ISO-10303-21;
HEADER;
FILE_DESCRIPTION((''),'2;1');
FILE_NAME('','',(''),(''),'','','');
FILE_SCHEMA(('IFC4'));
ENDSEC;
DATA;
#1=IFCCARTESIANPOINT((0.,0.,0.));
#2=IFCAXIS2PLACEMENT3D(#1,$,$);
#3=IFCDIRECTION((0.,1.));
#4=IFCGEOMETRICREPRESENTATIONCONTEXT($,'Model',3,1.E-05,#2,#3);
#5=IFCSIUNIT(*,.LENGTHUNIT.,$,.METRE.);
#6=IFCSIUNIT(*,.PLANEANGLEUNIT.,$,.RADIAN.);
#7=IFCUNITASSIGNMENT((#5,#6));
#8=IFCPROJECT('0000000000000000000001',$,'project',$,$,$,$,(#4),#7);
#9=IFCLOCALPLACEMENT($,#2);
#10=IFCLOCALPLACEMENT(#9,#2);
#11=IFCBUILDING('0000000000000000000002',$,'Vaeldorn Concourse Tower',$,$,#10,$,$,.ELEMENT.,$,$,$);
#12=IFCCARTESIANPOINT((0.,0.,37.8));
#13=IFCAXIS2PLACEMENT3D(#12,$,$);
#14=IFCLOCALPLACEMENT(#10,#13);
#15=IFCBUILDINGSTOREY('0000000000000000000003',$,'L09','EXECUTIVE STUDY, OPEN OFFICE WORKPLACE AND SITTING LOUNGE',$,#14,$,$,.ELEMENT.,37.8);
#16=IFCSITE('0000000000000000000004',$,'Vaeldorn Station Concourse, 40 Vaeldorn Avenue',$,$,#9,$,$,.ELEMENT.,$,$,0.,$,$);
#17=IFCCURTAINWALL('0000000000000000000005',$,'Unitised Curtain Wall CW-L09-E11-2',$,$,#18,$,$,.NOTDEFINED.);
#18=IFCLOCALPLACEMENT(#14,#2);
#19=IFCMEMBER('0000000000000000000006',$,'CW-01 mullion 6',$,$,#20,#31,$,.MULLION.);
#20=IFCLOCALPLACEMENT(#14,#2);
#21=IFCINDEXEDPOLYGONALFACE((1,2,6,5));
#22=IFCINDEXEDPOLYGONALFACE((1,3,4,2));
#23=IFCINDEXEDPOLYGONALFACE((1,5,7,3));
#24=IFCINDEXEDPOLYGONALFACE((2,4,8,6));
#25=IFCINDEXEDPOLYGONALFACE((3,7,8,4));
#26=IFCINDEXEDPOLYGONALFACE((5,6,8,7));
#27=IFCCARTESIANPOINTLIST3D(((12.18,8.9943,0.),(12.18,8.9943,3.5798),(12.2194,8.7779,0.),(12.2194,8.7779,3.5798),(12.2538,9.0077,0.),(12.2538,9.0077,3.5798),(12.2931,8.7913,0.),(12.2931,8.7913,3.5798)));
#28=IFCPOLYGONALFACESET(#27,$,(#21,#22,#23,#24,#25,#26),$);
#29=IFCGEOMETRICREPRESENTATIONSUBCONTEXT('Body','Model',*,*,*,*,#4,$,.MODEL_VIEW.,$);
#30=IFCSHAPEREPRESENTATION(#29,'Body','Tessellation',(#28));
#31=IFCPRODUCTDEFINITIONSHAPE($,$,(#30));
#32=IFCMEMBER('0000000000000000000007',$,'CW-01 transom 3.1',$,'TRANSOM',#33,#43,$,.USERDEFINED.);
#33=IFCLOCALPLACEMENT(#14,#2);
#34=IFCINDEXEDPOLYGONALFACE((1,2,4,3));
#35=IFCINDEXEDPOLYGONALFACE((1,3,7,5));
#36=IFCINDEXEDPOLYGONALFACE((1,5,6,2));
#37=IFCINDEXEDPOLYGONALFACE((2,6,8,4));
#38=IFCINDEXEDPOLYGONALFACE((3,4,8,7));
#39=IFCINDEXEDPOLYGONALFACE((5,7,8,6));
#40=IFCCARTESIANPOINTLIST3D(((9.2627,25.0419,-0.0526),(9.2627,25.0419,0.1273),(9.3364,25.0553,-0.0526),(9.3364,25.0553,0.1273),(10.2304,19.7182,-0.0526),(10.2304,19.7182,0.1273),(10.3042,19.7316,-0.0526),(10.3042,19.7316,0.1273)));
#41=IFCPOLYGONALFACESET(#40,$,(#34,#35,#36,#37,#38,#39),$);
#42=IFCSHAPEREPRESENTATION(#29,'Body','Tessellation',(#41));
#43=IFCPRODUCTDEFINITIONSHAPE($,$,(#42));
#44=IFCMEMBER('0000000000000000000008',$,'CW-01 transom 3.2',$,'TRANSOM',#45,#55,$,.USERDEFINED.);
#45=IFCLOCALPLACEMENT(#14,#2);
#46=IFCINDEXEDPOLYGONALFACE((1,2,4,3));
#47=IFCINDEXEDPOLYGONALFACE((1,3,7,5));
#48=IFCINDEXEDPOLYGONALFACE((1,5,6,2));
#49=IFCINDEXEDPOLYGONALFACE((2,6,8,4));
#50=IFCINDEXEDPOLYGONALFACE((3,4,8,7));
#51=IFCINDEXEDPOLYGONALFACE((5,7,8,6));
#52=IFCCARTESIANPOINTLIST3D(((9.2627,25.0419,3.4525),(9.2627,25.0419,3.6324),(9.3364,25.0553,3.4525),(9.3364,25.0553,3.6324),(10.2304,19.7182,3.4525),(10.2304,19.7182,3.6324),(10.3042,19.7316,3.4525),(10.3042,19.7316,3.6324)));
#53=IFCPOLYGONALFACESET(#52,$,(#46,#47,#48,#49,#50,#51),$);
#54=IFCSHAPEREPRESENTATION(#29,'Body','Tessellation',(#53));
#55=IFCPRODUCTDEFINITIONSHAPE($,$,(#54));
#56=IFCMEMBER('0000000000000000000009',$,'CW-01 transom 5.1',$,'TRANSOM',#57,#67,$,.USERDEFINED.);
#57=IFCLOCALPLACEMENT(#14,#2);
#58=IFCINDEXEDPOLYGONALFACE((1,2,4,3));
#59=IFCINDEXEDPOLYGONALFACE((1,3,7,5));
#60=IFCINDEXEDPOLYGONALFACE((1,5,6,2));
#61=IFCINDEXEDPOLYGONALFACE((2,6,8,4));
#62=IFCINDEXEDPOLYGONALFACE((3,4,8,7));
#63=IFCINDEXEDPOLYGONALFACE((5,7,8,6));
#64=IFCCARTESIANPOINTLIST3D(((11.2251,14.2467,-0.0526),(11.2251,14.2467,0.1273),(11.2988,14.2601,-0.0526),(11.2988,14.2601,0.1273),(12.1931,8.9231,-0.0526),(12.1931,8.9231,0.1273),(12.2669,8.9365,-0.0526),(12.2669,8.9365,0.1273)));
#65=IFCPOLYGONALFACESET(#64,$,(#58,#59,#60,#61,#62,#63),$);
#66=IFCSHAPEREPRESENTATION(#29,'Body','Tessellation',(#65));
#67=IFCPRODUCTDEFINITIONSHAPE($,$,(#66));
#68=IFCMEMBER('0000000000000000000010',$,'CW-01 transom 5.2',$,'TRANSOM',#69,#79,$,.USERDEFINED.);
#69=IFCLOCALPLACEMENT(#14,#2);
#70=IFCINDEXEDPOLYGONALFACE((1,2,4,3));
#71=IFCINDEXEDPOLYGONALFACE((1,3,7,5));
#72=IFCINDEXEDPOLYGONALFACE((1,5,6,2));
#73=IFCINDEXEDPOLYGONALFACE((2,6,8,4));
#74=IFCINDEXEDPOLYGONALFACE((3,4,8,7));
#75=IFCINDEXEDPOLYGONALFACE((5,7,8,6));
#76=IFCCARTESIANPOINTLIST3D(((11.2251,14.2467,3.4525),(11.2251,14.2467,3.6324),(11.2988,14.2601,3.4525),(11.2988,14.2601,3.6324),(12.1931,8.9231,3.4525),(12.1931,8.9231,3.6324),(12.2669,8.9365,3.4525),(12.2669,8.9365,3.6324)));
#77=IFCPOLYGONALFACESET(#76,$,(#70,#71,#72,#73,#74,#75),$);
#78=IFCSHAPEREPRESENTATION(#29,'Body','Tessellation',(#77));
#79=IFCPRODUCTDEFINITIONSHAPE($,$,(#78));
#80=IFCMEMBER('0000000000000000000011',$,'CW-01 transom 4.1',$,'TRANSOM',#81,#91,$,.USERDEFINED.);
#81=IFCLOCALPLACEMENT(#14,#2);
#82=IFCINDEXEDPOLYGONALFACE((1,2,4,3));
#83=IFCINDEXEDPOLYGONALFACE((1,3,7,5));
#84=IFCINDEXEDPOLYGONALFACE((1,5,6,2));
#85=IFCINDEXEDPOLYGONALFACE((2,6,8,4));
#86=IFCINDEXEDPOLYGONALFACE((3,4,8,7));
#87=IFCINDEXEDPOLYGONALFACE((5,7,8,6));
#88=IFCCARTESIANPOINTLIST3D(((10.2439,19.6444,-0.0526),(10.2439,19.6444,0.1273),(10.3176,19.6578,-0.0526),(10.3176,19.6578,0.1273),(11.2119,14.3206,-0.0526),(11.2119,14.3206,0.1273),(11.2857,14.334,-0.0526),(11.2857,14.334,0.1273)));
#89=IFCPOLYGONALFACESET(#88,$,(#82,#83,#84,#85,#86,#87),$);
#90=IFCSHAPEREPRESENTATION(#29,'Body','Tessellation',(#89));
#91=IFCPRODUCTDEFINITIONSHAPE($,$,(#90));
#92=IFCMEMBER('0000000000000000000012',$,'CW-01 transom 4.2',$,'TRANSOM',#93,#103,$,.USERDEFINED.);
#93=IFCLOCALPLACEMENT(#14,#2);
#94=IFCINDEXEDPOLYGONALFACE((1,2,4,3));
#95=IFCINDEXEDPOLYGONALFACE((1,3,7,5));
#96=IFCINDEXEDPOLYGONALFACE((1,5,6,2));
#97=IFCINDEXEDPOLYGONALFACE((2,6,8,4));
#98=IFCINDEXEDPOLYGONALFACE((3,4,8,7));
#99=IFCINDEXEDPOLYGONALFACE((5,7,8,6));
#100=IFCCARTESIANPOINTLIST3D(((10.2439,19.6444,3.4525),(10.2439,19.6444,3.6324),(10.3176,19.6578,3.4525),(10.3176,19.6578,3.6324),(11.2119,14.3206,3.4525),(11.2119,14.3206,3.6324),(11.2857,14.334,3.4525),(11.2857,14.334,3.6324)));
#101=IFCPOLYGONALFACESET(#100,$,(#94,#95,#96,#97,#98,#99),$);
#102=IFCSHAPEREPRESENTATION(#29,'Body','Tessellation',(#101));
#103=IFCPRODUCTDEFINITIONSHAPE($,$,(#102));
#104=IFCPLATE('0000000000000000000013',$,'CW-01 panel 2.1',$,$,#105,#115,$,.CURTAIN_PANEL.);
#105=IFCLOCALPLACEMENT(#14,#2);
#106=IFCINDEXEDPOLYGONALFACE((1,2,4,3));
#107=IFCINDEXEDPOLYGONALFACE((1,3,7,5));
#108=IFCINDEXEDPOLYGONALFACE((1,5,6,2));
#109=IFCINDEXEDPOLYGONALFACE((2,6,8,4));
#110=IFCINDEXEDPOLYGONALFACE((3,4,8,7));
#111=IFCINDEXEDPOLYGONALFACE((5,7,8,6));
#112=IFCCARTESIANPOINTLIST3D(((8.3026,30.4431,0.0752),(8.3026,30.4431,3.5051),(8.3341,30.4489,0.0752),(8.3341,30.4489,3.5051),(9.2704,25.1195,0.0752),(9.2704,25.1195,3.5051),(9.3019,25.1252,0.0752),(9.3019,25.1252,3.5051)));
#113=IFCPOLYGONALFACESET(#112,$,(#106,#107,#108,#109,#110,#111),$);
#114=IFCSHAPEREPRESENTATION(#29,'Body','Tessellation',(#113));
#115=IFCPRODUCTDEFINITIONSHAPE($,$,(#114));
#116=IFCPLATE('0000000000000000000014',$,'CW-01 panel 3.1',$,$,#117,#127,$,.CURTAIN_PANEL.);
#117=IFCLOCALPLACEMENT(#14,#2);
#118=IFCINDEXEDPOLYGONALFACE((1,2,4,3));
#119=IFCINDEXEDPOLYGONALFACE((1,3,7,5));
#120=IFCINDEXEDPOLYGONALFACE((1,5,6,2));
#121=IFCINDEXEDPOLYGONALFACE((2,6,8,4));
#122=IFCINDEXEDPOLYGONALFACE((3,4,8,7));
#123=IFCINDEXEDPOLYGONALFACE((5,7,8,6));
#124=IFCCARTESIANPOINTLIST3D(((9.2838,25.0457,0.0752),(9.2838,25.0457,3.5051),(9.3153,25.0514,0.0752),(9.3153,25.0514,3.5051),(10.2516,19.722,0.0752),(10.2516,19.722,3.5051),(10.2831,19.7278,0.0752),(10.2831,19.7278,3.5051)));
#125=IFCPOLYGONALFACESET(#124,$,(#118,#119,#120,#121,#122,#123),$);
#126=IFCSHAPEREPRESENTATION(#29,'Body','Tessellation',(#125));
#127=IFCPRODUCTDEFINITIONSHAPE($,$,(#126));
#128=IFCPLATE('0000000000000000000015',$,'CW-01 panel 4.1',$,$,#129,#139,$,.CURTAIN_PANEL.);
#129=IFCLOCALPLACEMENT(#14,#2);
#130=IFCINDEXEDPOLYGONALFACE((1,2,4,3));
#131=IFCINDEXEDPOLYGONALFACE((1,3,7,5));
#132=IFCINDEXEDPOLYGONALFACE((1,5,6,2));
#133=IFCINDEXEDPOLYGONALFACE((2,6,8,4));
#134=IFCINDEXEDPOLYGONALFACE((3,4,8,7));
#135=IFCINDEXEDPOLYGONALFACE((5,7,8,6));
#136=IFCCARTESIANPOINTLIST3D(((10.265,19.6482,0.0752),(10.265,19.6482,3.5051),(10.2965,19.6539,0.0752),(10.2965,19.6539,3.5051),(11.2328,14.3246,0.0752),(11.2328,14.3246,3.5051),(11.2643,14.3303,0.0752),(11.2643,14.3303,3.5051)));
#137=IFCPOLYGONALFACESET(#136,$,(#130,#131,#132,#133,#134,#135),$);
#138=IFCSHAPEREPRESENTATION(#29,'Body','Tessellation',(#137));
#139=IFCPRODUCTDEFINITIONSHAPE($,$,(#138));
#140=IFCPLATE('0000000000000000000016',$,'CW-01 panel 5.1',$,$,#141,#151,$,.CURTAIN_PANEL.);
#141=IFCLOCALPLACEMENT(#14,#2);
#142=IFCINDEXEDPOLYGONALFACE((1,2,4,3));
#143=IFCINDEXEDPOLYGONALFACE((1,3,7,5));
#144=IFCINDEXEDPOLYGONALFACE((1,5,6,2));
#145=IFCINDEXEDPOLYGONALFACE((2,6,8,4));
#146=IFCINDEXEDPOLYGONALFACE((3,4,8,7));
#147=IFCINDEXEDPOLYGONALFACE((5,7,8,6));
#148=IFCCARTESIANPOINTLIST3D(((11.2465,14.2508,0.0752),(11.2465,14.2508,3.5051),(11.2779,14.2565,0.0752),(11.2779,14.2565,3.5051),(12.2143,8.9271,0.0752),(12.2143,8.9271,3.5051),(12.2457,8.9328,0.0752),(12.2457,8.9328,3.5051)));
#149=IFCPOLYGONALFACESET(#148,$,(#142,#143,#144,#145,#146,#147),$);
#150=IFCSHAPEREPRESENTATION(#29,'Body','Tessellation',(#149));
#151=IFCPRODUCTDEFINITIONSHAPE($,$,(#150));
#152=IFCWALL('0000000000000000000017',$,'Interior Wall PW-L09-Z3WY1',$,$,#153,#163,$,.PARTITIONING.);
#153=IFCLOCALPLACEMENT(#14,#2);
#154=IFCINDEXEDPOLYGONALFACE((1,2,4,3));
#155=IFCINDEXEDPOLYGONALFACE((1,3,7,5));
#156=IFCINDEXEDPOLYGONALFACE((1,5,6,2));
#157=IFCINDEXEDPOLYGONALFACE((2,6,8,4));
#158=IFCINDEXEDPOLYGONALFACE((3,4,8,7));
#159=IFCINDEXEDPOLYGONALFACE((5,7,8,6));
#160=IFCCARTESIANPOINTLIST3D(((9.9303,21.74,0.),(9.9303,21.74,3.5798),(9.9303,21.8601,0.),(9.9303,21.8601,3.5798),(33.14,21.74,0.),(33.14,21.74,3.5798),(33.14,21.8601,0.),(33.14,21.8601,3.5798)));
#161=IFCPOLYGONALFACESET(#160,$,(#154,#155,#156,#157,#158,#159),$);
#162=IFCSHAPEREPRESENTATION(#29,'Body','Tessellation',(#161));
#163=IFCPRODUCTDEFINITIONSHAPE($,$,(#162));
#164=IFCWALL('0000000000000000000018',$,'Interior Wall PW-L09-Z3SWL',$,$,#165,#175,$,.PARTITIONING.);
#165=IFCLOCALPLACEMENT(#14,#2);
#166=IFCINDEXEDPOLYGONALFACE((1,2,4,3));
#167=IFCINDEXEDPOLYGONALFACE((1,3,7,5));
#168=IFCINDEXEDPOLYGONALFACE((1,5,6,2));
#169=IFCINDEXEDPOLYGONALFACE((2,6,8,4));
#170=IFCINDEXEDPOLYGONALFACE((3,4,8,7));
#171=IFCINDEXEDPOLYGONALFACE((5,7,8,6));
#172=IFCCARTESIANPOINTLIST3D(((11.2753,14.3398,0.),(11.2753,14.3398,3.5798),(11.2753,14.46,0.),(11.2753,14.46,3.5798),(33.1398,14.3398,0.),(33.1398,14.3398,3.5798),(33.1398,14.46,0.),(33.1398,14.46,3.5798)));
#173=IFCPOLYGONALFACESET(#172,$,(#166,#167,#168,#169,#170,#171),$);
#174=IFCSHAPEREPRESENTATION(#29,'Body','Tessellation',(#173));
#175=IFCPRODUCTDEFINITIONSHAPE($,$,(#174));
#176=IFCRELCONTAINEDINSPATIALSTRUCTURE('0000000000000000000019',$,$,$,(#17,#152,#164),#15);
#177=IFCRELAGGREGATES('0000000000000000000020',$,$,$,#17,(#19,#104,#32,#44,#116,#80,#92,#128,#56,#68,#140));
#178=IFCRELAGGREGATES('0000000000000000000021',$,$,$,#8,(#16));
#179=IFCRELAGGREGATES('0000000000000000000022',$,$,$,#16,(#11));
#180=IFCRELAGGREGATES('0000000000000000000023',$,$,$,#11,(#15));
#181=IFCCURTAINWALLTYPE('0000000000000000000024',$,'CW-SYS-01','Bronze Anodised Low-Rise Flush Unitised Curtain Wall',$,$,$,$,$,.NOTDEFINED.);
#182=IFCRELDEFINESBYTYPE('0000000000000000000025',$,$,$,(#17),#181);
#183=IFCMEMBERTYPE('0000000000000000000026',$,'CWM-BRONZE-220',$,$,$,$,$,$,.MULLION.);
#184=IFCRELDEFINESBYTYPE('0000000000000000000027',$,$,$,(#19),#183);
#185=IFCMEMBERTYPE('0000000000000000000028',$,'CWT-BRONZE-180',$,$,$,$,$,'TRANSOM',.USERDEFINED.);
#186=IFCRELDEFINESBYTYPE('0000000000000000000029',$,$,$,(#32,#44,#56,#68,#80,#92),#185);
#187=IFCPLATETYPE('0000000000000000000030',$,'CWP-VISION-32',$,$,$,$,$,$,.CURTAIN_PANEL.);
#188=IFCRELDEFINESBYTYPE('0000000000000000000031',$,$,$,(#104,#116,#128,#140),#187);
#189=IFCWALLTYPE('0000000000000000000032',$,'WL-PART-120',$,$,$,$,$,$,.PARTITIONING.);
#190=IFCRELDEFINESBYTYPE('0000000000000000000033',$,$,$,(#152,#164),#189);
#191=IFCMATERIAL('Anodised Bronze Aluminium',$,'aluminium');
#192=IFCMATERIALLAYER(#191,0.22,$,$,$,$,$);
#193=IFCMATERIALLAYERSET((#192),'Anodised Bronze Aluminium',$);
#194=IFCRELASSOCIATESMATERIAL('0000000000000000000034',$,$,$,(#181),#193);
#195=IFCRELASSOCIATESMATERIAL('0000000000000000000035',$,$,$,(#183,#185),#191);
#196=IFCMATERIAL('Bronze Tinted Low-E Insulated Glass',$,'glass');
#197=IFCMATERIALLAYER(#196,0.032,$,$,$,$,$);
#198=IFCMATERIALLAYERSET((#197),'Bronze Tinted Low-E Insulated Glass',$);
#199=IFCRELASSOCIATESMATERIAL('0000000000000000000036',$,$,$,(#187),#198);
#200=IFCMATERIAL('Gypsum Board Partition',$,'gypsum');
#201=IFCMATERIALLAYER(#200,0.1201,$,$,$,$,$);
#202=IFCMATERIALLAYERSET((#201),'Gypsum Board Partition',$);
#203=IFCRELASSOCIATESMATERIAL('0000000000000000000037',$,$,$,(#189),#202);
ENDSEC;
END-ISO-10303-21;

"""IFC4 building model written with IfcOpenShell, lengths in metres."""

from ifc_helpers import new_model, si_unit, direction, frame, frame_2d, origin, origin_2d, place, context, subcontext, project, spatial, rectangle, extrude, source, transform, mapped, material, layer, layer_set, material_profile, profile_set, type_object, element, aggregate, save


model = new_model("IFC4")

# Units and contexts
model_context = context("Model", 3, precision=1e-05, world=origin(), true_north=direction((0.0, 1.0)))
body_context = subcontext(model_context, "Body", "Model", "MODEL_VIEW")
ifc_project = project(units=[si_unit("LENGTHUNIT", "METRE"), si_unit("PLANEANGLEUNIT", "RADIAN")], contexts=[model_context])

# Site, building, storey
site_placement = place(None, origin())
site = spatial("IfcSite", under=ifc_project, at=site_placement, Name="Vaeldorn Station Concourse, 40 Vaeldorn Avenue", CompositionType="ELEMENT", RefElevation=0.0)
building_placement = place(site_placement, origin())
building = spatial("IfcBuilding", under=site, at=building_placement, Name="Vaeldorn Concourse Tower", CompositionType="ELEMENT")
storey_placement = place(building_placement, frame((0.0, 0.0, 37.8)))
storey = spatial("IfcBuildingStorey", under=building, at=storey_placement, Name="L09", Description="EXECUTIVE STUDY, OPEN OFFICE WORKPLACE AND SITTING LOUNGE", CompositionType="ELEMENT", Elevation=37.8)

# Curtain wall, members, plates
ifc_material_1 = material(Name="Anodised Bronze Aluminium", Category="aluminium")
ifc_layer_1 = layer(ifc_material_1, 0.22)
ifc_layer_set_1 = layer_set([ifc_layer_1], Name="Anodised Bronze Aluminium")
curtain_wall_type = type_object("IfcCurtainWallType", Name="CW-SYS-01", Description="Bronze Anodised Low-Rise Flush Unitised Curtain Wall", PredefinedType="NOTDEFINED", material=ifc_layer_set_1)
curtain_wall_placement = place(storey_placement, origin())
curtain_wall = element("IfcCurtainWall", 1, at=curtain_wall_placement, inside=storey, type_object=curtain_wall_type, Name="Unitised Curtain Wall CW-L09-E11-2", PredefinedType="NOTDEFINED")
ifc_material_profile_1 = material_profile(ifc_material_1, rectangle(XDim=0.075, YDim=0.22, at=origin_2d()), Name="CWM 75x220")
ifc_profile_set_1 = profile_set([ifc_material_profile_1], Name="Anodised Bronze Aluminium")
member_type_1 = type_object("IfcMemberType", Name="CWM-BRONZE-220", PredefinedType="MULLION", material=ifc_profile_set_1)
shared_shape_1 = source(origin(), body_context, "Body", "SweptSolid", [
    extrude(rectangle(XDim=0.075, YDim=0.22, at=origin_2d()), origin(), (0.0, 0.0, 1.0), 3.5798),
])
member_1_placement = place(storey_placement, frame((12.2366, 8.8928, 0.0), z_axis=(0.0, 0.0, 1.0), x_axis=(0.983875, 0.178859, 0.0)))
member_1 = element("IfcMember", 2, at=member_1_placement, type_object=member_type_1, Name="CW-01 mullion 6", PredefinedType="MULLION", context=body_context, shape_type="MappedRepresentation", body=[
    mapped(shared_shape_1, transform((0.0, 0.0, 0.0), scale=1.0)),
])
ifc_material_profile_2 = material_profile(ifc_material_1, rectangle(XDim=0.075, YDim=0.1799, at=origin_2d()), Name="CWT 75x180")
ifc_profile_set_2 = profile_set([ifc_material_profile_2], Name="Anodised Bronze Aluminium")
member_type_2 = type_object("IfcMemberType", Name="CWT-BRONZE-180", ElementType="TRANSOM", PredefinedType="USERDEFINED", material=ifc_profile_set_2)
shared_shape_2 = source(origin(), body_context, "Body", "SweptSolid", [
    extrude(rectangle(XDim=0.075, YDim=0.1799, at=origin_2d()), origin(), (0.0, 0.0, 1.0), 5.4109),
])
member_2_placement = place(storey_placement, frame((9.2996, 25.0486, 0.0374), z_axis=(0.178854, -0.983876, 0.0), x_axis=(0.983876, 0.178854, 0.0)))
member_2 = element("IfcMember", 3, at=member_2_placement, type_object=member_type_2, Name="CW-01 transom 3.1", ObjectType="TRANSOM", PredefinedType="USERDEFINED", context=body_context, shape_type="MappedRepresentation", body=[
    mapped(shared_shape_2, transform((0.0, 0.0, 0.0), scale=1.0)),
])
member_3_placement = place(storey_placement, frame((9.2996, 25.0486, 3.5425), z_axis=(0.178854, -0.983876, 0.0), x_axis=(0.983876, 0.178854, 0.0)))
member_3 = element("IfcMember", 4, at=member_3_placement, type_object=member_type_2, Name="CW-01 transom 3.2", ObjectType="TRANSOM", PredefinedType="USERDEFINED", context=body_context, shape_type="MappedRepresentation", body=[
    mapped(shared_shape_2, transform((0.0, 0.0, 0.0), scale=1.0)),
])
member_4_placement = place(storey_placement, frame((11.262, 14.2534, 0.0374), z_axis=(0.178905, -0.983866, 0.0), x_axis=(0.983866, 0.178905, 0.0)))
member_4 = element("IfcMember", 5, at=member_4_placement, type_object=member_type_2, Name="CW-01 transom 5.1", ObjectType="TRANSOM", PredefinedType="USERDEFINED", context=body_context, shape_type="MappedRepresentation", body=[
    mapped(shared_shape_2, transform((0.0, 0.0, 0.0), scale=1.0)),
])
member_5_placement = place(storey_placement, frame((11.262, 14.2534, 3.5425), z_axis=(0.178905, -0.983866, 0.0), x_axis=(0.983866, 0.178905, 0.0)))
member_5 = element("IfcMember", 6, at=member_5_placement, type_object=member_type_2, Name="CW-01 transom 5.2", ObjectType="TRANSOM", PredefinedType="USERDEFINED", context=body_context, shape_type="MappedRepresentation", body=[
    mapped(shared_shape_2, transform((0.0, 0.0, 0.0), scale=1.0)),
])
shared_shape_3 = source(origin(), body_context, "Body", "SweptSolid", [
    extrude(rectangle(XDim=0.075, YDim=0.1799, at=origin_2d()), origin(), (0.0, 0.0, 1.0), 5.4111),
])
member_6_placement = place(storey_placement, frame((10.2808, 19.6511, 0.0374), z_axis=(0.178897, -0.983868, 0.0), x_axis=(0.983868, 0.178897, 0.0)))
member_6 = element("IfcMember", 7, at=member_6_placement, type_object=member_type_2, Name="CW-01 transom 4.1", ObjectType="TRANSOM", PredefinedType="USERDEFINED", context=body_context, shape_type="MappedRepresentation", body=[
    mapped(shared_shape_3, transform((0.0, 0.0, 0.0), scale=1.0)),
])
member_7_placement = place(storey_placement, frame((10.2808, 19.6511, 3.5425), z_axis=(0.178897, -0.983868, 0.0), x_axis=(0.983868, 0.178897, 0.0)))
member_7 = element("IfcMember", 8, at=member_7_placement, type_object=member_type_2, Name="CW-01 transom 4.2", ObjectType="TRANSOM", PredefinedType="USERDEFINED", context=body_context, shape_type="MappedRepresentation", body=[
    mapped(shared_shape_3, transform((0.0, 0.0, 0.0), scale=1.0)),
])
ifc_material_2 = material(Name="Bronze Tinted Low-E Insulated Glass", Category="glass")
ifc_layer_2 = layer(ifc_material_2, 0.032)
ifc_layer_set_2 = layer_set([ifc_layer_2], Name="Bronze Tinted Low-E Insulated Glass")
plate_type = type_object("IfcPlateType", Name="CWP-VISION-32", PredefinedType="CURTAIN_PANEL", material=ifc_layer_set_2)
shared_shape_4 = source(origin(), body_context, "Body", "SweptSolid", [
    extrude(rectangle(XDim=5.4109, YDim=0.032, at=origin_2d()), origin(), (0.0, 0.0, 1.0), 3.4299),
])
plate_1_placement = place(storey_placement, frame((8.8022, 27.7842, 0.0752), z_axis=(0.0, 0.0, 1.0), x_axis=(0.178859, -0.983875, 0.0)))
plate_1 = element("IfcPlate", 9, at=plate_1_placement, type_object=plate_type, Name="CW-01 panel 2.1", PredefinedType="CURTAIN_PANEL", context=body_context, shape_type="MappedRepresentation", body=[
    mapped(shared_shape_4, transform((0.0, 0.0, 0.0), scale=1.0)),
])
plate_2_placement = place(storey_placement, frame((9.7834, 22.3867, 0.0752), z_axis=(0.0, 0.0, 1.0), x_axis=(0.178859, -0.983875, 0.0)))
plate_2 = element("IfcPlate", 10, at=plate_2_placement, type_object=plate_type, Name="CW-01 panel 3.1", PredefinedType="CURTAIN_PANEL", context=body_context, shape_type="MappedRepresentation", body=[
    mapped(shared_shape_4, transform((0.0, 0.0, 0.0), scale=1.0)),
])
plate_3_placement = place(storey_placement, frame((10.7646, 16.9893, 0.0752), z_axis=(0.0, 0.0, 1.0), x_axis=(0.178859, -0.983875, 0.0)))
plate_3 = element("IfcPlate", 11, at=plate_3_placement, type_object=plate_type, Name="CW-01 panel 4.1", PredefinedType="CURTAIN_PANEL", context=body_context, shape_type="MappedRepresentation", body=[
    mapped(shared_shape_4, transform((0.0, 0.0, 0.0), scale=1.0)),
])
plate_4_placement = place(storey_placement, frame((11.7461, 11.5918, 0.0752), z_axis=(0.0, 0.0, 1.0), x_axis=(0.178859, -0.983875, 0.0)))
plate_4 = element("IfcPlate", 12, at=plate_4_placement, type_object=plate_type, Name="CW-01 panel 5.1", PredefinedType="CURTAIN_PANEL", context=body_context, shape_type="MappedRepresentation", body=[
    mapped(shared_shape_4, transform((0.0, 0.0, 0.0), scale=1.0)),
])
aggregate(curtain_wall, [member_1, plate_1, member_2, member_3, plate_2, member_6, member_7, plate_3, member_4, member_5, plate_4])

# Walls
ifc_material_3 = material(Name="Gypsum Board Partition", Category="gypsum")
ifc_layer_3 = layer(ifc_material_3, 0.1201)
ifc_layer_set_3 = layer_set([ifc_layer_3], Name="Gypsum Board Partition")
wall_type = type_object("IfcWallType", Name="WL-PART-120", PredefinedType="PARTITIONING", material=ifc_layer_set_3)
wall_1_placement = place(storey_placement, frame((9.9302, 21.8, 0.0), z_axis=(0.0, 0.0, 1.0), x_axis=(1.0, 0.0, 0.0)))
element("IfcWall", 13, at=wall_1_placement, inside=storey, type_object=wall_type, Name="Interior Wall PW-L09-Z3WY1", PredefinedType="PARTITIONING", context=body_context, shape_type="SweptSolid", body=[
    extrude(rectangle(XDim=23.2097, YDim=0.1201, at=frame_2d((11.605, 0.0))), origin(), (0.0, 0.0, 1.0), 3.5798),
])
wall_2_placement = place(storey_placement, frame((11.2754, 14.3999, 0.0), z_axis=(0.0, 0.0, 1.0), x_axis=(1.0, 0.0, 0.0)))
element("IfcWall", 14, at=wall_2_placement, inside=storey, type_object=wall_type, Name="Interior Wall PW-L09-Z3SWL", PredefinedType="PARTITIONING", context=body_context, shape_type="SweptSolid", body=[
    extrude(rectangle(XDim=21.8645, YDim=0.1201, at=frame_2d((10.9321, 0.0))), origin(), (0.0, 0.0, 1.0), 3.5798),
])

save(model, "model.ifc")
